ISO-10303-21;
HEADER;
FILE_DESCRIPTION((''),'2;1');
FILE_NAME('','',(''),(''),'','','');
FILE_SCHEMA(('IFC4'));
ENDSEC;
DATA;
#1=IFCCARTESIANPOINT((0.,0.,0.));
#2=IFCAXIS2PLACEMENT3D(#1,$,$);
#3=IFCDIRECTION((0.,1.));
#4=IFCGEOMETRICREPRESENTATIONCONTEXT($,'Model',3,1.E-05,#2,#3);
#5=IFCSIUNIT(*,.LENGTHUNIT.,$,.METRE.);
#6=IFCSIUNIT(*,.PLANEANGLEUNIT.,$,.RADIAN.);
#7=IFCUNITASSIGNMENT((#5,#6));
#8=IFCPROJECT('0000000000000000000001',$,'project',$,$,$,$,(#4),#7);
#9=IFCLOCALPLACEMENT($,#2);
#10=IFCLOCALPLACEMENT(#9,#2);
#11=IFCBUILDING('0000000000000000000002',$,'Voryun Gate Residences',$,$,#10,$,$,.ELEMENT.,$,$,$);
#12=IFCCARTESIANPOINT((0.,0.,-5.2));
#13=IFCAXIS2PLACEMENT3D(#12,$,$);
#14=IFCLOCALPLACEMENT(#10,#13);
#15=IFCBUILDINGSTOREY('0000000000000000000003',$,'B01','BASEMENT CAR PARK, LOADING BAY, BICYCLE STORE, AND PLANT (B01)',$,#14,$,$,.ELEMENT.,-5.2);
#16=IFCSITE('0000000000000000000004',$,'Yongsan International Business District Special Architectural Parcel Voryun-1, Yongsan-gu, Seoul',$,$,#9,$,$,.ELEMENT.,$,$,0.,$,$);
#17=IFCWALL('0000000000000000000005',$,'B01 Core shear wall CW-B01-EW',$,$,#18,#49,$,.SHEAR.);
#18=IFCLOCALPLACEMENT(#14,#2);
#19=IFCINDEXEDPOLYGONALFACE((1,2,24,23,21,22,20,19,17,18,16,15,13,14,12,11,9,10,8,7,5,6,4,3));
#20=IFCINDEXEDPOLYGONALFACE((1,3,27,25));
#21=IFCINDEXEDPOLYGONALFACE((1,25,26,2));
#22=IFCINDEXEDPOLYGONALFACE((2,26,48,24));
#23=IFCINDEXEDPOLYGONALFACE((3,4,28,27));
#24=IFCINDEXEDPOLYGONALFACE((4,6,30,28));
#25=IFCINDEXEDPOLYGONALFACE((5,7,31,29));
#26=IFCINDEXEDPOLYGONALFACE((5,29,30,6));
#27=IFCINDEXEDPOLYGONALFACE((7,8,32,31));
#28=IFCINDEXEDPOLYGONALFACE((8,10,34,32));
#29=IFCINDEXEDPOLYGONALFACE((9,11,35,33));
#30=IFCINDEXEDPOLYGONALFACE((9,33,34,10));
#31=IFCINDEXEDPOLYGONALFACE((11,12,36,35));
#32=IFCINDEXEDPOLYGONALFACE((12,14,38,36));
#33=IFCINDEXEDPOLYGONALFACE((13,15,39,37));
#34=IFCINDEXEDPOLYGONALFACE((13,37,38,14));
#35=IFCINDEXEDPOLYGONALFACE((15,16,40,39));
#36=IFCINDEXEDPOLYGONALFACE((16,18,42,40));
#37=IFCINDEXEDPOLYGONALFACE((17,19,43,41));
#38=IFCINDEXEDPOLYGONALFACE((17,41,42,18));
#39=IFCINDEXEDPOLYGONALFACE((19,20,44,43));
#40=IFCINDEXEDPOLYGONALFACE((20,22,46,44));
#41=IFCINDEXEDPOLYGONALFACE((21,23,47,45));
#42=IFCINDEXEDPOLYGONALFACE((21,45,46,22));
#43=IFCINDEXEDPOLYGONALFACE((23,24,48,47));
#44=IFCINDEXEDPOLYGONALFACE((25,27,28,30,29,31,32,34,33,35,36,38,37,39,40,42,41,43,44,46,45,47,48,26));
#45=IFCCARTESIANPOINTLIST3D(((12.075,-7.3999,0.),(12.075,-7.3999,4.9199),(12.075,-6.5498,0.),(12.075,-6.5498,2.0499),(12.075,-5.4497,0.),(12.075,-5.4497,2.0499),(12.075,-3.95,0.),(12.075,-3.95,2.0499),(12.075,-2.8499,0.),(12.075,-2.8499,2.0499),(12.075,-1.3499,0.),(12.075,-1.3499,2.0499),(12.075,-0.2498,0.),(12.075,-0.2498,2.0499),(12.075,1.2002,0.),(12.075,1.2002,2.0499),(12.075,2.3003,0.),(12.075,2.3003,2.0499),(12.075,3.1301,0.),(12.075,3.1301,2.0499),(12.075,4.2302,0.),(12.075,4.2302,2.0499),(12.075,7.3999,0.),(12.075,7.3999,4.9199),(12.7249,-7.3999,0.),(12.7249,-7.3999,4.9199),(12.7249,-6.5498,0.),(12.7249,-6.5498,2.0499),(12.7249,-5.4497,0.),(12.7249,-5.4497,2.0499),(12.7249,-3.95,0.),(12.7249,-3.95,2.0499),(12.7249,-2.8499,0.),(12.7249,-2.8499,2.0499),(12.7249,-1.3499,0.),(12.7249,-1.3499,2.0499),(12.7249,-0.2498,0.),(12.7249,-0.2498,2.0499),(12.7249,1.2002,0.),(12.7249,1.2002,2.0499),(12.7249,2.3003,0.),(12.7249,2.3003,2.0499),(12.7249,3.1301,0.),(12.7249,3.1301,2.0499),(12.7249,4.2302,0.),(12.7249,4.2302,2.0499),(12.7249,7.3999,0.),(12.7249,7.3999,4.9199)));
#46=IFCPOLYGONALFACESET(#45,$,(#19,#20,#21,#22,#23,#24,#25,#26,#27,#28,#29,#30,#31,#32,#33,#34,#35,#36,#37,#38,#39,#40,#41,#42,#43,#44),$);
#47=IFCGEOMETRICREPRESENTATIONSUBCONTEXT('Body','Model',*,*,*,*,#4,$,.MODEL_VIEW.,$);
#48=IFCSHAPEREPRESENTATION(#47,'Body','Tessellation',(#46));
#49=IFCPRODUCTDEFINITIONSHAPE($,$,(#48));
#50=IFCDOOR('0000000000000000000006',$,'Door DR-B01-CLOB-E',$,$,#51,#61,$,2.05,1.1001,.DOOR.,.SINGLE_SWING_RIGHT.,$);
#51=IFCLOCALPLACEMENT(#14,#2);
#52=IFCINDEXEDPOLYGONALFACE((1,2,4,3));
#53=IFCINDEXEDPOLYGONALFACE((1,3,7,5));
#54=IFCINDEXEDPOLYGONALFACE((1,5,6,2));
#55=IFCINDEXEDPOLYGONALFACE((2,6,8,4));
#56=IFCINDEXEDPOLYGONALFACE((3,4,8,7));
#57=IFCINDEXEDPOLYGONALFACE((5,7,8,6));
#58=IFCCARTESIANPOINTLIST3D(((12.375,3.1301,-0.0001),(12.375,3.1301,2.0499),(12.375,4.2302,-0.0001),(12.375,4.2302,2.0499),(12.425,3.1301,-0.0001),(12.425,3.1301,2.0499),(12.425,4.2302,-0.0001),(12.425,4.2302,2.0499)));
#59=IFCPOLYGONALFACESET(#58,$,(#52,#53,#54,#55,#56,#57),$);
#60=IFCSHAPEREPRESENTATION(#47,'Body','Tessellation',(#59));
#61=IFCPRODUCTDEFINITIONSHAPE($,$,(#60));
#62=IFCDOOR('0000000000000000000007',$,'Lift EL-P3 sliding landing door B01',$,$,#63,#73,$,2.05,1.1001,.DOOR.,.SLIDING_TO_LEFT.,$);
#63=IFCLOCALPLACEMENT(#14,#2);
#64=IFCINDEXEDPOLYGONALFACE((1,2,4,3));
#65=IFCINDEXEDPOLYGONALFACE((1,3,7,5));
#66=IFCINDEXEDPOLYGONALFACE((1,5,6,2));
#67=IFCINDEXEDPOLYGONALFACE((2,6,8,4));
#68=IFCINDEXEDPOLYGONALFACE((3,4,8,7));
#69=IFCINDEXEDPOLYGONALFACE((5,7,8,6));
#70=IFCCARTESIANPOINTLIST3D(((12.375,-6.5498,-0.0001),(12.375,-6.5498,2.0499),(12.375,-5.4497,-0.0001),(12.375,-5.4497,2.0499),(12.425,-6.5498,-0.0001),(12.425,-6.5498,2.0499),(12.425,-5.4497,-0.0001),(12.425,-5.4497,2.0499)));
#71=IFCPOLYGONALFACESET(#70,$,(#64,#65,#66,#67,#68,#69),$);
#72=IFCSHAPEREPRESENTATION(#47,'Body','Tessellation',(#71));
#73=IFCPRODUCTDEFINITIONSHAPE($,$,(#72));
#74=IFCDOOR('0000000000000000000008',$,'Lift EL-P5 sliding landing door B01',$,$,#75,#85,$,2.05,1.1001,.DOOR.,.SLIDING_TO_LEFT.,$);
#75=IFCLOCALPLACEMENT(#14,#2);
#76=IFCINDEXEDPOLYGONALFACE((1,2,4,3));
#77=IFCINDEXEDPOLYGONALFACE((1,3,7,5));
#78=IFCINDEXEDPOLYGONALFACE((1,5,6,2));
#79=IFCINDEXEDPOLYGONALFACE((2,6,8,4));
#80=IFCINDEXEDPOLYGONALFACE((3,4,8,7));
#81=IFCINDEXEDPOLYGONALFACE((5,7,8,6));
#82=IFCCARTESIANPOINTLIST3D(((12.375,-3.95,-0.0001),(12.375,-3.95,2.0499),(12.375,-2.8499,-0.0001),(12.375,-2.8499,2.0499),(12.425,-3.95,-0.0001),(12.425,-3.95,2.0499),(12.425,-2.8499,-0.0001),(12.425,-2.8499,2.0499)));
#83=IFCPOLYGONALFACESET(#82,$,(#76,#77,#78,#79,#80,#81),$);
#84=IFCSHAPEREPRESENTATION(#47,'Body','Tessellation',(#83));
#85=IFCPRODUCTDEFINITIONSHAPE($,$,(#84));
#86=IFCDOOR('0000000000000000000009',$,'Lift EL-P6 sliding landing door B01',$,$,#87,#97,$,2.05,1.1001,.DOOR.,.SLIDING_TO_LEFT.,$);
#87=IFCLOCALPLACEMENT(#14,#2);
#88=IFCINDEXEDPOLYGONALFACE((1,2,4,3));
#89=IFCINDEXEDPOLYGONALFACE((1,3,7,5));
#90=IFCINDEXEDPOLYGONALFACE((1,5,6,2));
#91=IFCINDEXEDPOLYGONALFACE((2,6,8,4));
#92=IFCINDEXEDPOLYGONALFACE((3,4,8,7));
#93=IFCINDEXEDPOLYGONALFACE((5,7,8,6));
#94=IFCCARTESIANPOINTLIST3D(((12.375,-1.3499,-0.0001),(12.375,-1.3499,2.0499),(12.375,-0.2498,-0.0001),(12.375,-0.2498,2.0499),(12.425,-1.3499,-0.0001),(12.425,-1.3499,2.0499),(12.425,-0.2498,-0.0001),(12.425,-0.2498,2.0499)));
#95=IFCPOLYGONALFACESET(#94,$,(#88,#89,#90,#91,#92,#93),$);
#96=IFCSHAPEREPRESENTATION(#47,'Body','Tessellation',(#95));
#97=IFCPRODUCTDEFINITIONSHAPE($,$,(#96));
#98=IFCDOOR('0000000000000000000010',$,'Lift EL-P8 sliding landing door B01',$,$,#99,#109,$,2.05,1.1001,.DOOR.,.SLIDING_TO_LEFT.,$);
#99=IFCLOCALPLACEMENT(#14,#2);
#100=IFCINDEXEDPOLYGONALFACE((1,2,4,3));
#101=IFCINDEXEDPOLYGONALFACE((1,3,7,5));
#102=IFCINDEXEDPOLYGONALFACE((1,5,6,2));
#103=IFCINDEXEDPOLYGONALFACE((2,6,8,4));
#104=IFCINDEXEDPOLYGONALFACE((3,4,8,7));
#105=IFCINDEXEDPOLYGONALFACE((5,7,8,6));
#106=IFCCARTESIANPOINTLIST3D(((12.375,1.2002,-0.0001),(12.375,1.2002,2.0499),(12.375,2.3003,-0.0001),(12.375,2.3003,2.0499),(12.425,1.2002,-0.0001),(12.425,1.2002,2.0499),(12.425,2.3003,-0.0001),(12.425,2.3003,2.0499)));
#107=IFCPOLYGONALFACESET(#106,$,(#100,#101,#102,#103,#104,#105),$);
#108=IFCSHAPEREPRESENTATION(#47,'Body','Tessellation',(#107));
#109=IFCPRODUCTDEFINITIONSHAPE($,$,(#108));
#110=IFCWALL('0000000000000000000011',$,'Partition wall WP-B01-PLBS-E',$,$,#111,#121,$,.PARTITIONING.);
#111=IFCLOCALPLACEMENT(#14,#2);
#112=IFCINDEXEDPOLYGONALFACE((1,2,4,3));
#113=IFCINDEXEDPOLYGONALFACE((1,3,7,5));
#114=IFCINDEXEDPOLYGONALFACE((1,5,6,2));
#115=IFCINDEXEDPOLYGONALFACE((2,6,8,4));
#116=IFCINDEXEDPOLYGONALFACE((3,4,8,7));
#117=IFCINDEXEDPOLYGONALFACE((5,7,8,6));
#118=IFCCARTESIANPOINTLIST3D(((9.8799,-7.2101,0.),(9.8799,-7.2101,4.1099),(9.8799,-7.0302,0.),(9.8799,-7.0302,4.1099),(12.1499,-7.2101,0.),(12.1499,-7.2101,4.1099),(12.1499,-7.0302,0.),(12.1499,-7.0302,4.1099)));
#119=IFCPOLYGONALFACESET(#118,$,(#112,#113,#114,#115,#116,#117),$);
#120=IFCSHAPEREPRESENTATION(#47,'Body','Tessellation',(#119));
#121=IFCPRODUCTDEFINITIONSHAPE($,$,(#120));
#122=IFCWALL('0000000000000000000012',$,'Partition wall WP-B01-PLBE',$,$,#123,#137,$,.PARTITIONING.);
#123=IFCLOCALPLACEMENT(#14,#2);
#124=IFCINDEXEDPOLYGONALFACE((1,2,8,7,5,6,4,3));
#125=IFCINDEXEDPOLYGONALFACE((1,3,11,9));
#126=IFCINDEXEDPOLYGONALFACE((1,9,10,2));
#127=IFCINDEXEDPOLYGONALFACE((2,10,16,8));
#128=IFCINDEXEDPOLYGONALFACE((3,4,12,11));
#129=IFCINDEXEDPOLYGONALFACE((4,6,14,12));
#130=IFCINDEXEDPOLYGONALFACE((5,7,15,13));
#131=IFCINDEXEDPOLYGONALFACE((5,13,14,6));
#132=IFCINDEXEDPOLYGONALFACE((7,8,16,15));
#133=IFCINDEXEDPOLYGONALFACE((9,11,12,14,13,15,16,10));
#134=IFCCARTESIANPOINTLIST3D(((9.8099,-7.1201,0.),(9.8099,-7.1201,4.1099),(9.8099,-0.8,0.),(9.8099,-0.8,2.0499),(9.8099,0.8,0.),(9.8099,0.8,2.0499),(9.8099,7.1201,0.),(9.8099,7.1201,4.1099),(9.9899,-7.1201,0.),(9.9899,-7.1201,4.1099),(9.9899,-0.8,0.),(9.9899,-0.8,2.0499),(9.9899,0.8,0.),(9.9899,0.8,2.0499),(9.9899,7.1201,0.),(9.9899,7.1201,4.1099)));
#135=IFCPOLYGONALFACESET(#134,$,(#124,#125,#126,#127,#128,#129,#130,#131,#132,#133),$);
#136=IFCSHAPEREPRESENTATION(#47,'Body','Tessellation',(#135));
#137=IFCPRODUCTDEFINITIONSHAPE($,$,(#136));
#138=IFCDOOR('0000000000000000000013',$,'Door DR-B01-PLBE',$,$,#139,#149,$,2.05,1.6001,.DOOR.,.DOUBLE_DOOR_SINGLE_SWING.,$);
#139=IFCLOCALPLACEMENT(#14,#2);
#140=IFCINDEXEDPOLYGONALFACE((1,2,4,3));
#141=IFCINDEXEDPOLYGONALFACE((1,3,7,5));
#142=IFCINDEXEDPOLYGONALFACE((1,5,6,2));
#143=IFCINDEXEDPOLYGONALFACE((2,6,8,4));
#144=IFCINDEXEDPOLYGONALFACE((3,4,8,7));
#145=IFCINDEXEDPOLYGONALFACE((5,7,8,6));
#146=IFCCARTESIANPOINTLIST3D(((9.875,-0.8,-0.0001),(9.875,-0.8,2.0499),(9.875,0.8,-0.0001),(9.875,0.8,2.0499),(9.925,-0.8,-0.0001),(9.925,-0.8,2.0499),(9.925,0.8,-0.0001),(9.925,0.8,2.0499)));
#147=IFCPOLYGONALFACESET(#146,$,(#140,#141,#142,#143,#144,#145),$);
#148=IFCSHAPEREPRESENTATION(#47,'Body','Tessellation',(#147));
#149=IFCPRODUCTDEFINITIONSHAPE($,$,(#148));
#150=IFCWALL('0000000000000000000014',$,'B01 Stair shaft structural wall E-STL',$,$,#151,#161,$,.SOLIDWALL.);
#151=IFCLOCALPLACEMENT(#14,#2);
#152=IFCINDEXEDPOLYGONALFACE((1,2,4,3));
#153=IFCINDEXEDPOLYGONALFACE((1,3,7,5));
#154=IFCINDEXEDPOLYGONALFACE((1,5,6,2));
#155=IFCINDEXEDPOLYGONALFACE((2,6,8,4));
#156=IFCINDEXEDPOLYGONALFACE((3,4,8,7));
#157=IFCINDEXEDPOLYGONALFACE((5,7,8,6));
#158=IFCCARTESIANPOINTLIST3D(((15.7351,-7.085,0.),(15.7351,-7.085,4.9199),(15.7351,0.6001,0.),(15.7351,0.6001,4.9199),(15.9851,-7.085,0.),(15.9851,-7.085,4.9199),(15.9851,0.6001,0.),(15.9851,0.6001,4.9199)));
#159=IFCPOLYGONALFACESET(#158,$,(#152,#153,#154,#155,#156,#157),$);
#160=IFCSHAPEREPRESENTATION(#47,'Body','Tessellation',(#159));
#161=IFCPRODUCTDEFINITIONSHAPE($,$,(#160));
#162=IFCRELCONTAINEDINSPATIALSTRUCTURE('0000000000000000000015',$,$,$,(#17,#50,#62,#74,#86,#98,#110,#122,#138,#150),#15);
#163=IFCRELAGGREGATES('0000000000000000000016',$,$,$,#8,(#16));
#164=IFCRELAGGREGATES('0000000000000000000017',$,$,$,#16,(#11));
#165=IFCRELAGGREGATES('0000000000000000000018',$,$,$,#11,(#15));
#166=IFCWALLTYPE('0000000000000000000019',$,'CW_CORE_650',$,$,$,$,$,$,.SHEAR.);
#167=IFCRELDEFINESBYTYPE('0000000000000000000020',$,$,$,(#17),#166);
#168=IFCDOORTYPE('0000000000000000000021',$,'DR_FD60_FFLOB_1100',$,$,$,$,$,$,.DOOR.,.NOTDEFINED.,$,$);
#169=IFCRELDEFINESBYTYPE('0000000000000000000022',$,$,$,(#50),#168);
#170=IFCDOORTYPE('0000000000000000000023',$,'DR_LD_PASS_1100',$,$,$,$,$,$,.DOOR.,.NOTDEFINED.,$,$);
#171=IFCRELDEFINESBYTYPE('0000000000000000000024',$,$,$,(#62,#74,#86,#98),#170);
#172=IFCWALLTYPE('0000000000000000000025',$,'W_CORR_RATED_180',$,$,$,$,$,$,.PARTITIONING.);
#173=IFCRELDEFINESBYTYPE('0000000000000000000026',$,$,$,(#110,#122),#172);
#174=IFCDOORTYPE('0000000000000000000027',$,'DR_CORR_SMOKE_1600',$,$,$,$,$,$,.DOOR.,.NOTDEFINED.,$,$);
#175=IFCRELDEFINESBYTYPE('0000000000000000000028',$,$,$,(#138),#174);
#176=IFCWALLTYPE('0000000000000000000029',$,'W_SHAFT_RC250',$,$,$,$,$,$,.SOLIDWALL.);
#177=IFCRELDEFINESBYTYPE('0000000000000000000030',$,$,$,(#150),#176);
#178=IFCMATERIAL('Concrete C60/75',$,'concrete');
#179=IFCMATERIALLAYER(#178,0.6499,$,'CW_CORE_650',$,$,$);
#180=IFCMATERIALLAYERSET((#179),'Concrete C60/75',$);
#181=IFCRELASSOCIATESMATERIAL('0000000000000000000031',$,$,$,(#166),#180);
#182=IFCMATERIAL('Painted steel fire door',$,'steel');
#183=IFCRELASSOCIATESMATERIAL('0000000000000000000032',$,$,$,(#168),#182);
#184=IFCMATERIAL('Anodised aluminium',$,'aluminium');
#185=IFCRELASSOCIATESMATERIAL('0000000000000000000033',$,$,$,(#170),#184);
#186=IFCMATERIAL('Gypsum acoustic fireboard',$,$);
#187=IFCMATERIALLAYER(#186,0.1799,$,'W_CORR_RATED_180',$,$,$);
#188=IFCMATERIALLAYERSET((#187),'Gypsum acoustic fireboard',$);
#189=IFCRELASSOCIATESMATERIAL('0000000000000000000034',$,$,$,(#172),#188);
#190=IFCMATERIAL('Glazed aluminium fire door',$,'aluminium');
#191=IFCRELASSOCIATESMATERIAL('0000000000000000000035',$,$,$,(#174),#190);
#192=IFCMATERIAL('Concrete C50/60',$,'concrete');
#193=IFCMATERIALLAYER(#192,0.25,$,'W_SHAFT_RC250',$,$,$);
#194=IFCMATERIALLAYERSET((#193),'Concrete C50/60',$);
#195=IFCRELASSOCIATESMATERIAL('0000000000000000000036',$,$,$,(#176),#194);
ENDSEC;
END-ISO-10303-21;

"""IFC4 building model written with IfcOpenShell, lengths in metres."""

from ifc_helpers import new_model, si_unit, direction, frame, frame_2d, origin, place, context, subcontext, project, spatial, rectangle, extrude, material, layer, layer_set, type_object, element, fill, save


model = new_model("IFC4")

# Units and contexts
model_context = context("Model", 3, precision=1e-05, world=origin(), true_north=direction((0.0, 1.0)))
body_context = subcontext(model_context, "Body", "Model", "MODEL_VIEW")
ifc_project = project(units=[si_unit("LENGTHUNIT", "METRE"), si_unit("PLANEANGLEUNIT", "RADIAN")], contexts=[model_context])

# Site, building, storey
site_placement = place(None, origin())
site = spatial("IfcSite", under=ifc_project, at=site_placement, Name="Yongsan International Business District Special Architectural Parcel Voryun-1, Yongsan-gu, Seoul", CompositionType="ELEMENT", RefElevation=0.0)
building_placement = place(site_placement, origin())
building = spatial("IfcBuilding", under=site, at=building_placement, Name="Voryun Gate Residences", CompositionType="ELEMENT")
storey_placement = place(building_placement, frame((0.0, 0.0, -5.2)))
storey = spatial("IfcBuildingStorey", under=building, at=storey_placement, Name="B01", Description="BASEMENT CAR PARK, LOADING BAY, BICYCLE STORE, AND PLANT (B01)", CompositionType="ELEMENT", Elevation=-5.2)

# Shared definitions
ifc_material_1 = material(Name="Concrete C60/75", Category="concrete")
ifc_layer_1 = layer(ifc_material_1, 0.6499, Name="CW_CORE_650")
ifc_layer_set_1 = layer_set([ifc_layer_1], Name="Concrete C60/75")
wall_type_1 = type_object("IfcWallType", Name="CW_CORE_650", PredefinedType="SHEAR", material=ifc_layer_set_1)

# Wall, openings, doors
wall_1_placement = place(storey_placement, frame((12.3999, -7.3999, 0.0), z_axis=(0.0, 0.0, 1.0), x_axis=(0.0, 1.0, 0.0)))
wall_1 = element("IfcWall", 1, at=wall_1_placement, inside=storey, type_object=wall_type_1, Name="B01 Core shear wall CW-B01-EW", PredefinedType="SHEAR", context=body_context, shape_type="SweptSolid", body=[
    extrude(rectangle(XDim=14.7998, YDim=0.6499, at=frame_2d((7.3999, 0.0))), origin(), (0.0, 0.0, 1.0), 4.9199),
])
opening_1_placement = place(wall_1_placement, frame((0.8501, 0.0, 0.0)))
opening_1 = element("IfcOpeningElement", 2, at=opening_1_placement, cuts=wall_1, PredefinedType="OPENING", context=body_context, shape_type="SweptSolid", body=[
    extrude(rectangle(XDim=1.1001, YDim=2.05, at=frame_2d((0.55, 1.0249))), frame((0.0, 0.335, 0.0), z_axis=(0.0, -1.0, 0.0), x_axis=(1.0, 0.0, 0.0)), (0.0, 0.0, 1.0), 0.6699),
])
opening_2_placement = place(wall_1_placement, frame((3.45, 0.0, 0.0)))
opening_2 = element("IfcOpeningElement", 3, at=opening_2_placement, cuts=wall_1, PredefinedType="OPENING", context=body_context, shape_type="SweptSolid", body=[
    extrude(rectangle(XDim=1.1001, YDim=2.05, at=frame_2d((0.55, 1.0249))), frame((0.0, 0.335, 0.0), z_axis=(0.0, -1.0, 0.0), x_axis=(1.0, 0.0, 0.0)), (0.0, 0.0, 1.0), 0.6699),
])
opening_3_placement = place(wall_1_placement, frame((6.05, 0.0, 0.0)))
opening_3 = element("IfcOpeningElement", 4, at=opening_3_placement, cuts=wall_1, PredefinedType="OPENING", context=body_context, shape_type="SweptSolid", body=[
    extrude(rectangle(XDim=1.1001, YDim=2.05, at=frame_2d((0.55, 1.0249))), frame((0.0, 0.335, 0.0), z_axis=(0.0, -1.0, 0.0), x_axis=(1.0, 0.0, 0.0)), (0.0, 0.0, 1.0), 0.6699),
])
opening_4_placement = place(wall_1_placement, frame((8.6001, 0.0, 0.0)))
opening_4 = element("IfcOpeningElement", 5, at=opening_4_placement, cuts=wall_1, PredefinedType="OPENING", context=body_context, shape_type="SweptSolid", body=[
    extrude(rectangle(XDim=1.1001, YDim=2.05, at=frame_2d((0.55, 1.0249))), frame((0.0, 0.335, 0.0), z_axis=(0.0, -1.0, 0.0), x_axis=(1.0, 0.0, 0.0)), (0.0, 0.0, 1.0), 0.6699),
])
opening_5_placement = place(wall_1_placement, frame((10.53, 0.0, 0.0)))
opening_5 = element("IfcOpeningElement", 6, at=opening_5_placement, cuts=wall_1, PredefinedType="OPENING", context=body_context, shape_type="SweptSolid", body=[
    extrude(rectangle(XDim=1.1001, YDim=2.05, at=frame_2d((0.55, 1.0249))), frame((0.0, 0.335, 0.0), z_axis=(0.0, -1.0, 0.0), x_axis=(1.0, 0.0, 0.0)), (0.0, 0.0, 1.0), 0.6699),
])
ifc_material_2 = material(Name="Painted steel fire door", Category="steel")
door_type_1 = type_object("IfcDoorType", Name="DR_FD60_FFLOB_1100", OperationType="NOTDEFINED", PredefinedType="DOOR", material=ifc_material_2)
door_1_placement = place(opening_5_placement, origin())
door_1 = element("IfcDoor", 7, at=door_1_placement, inside=storey, type_object=door_type_1, Name="Door DR-B01-CLOB-E", OperationType="SINGLE_SWING_RIGHT", OverallHeight=2.05, OverallWidth=1.1001, PredefinedType="DOOR", context=body_context, shape_type="SweptSolid", body=[
    extrude(rectangle(XDim=1.1001, YDim=2.05, at=frame_2d((0.55, 1.0249))), frame((0.0, 0.0249, 0.0), z_axis=(0.0, -1.0, 0.0), x_axis=(1.0, 0.0, 0.0)), (0.0, 0.0, 1.0), 0.05),
])
fill(opening_5, door_1)
ifc_material_3 = material(Name="Anodised aluminium", Category="aluminium")
door_type_2 = type_object("IfcDoorType", Name="DR_LD_PASS_1100", OperationType="NOTDEFINED", PredefinedType="DOOR", material=ifc_material_3)
door_2_placement = place(opening_1_placement, origin())
door_2 = element("IfcDoor", 8, at=door_2_placement, inside=storey, type_object=door_type_2, Name="Lift EL-P3 sliding landing door B01", OperationType="SLIDING_TO_LEFT", OverallHeight=2.05, OverallWidth=1.1001, PredefinedType="DOOR", context=body_context, shape_type="SweptSolid", body=[
    extrude(rectangle(XDim=1.1001, YDim=2.05, at=frame_2d((0.55, 1.0249))), frame((0.0, 0.0249, 0.0), z_axis=(0.0, -1.0, 0.0), x_axis=(1.0, 0.0, 0.0)), (0.0, 0.0, 1.0), 0.05),
])
fill(opening_1, door_2)
door_3_placement = place(opening_2_placement, origin())
door_3 = element("IfcDoor", 9, at=door_3_placement, inside=storey, type_object=door_type_2, Name="Lift EL-P5 sliding landing door B01", OperationType="SLIDING_TO_LEFT", OverallHeight=2.05, OverallWidth=1.1001, PredefinedType="DOOR", context=body_context, shape_type="SweptSolid", body=[
    extrude(rectangle(XDim=1.1001, YDim=2.05, at=frame_2d((0.55, 1.0249))), frame((0.0, 0.0249, 0.0), z_axis=(0.0, -1.0, 0.0), x_axis=(1.0, 0.0, 0.0)), (0.0, 0.0, 1.0), 0.05),
])
fill(opening_2, door_3)
door_4_placement = place(opening_3_placement, origin())
door_4 = element("IfcDoor", 10, at=door_4_placement, inside=storey, type_object=door_type_2, Name="Lift EL-P6 sliding landing door B01", OperationType="SLIDING_TO_LEFT", OverallHeight=2.05, OverallWidth=1.1001, PredefinedType="DOOR", context=body_context, shape_type="SweptSolid", body=[
    extrude(rectangle(XDim=1.1001, YDim=2.05, at=frame_2d((0.55, 1.0249))), frame((0.0, 0.0249, 0.0), z_axis=(0.0, -1.0, 0.0), x_axis=(1.0, 0.0, 0.0)), (0.0, 0.0, 1.0), 0.05),
])
fill(opening_3, door_4)
door_5_placement = place(opening_4_placement, origin())
door_5 = element("IfcDoor", 11, at=door_5_placement, inside=storey, type_object=door_type_2, Name="Lift EL-P8 sliding landing door B01", OperationType="SLIDING_TO_LEFT", OverallHeight=2.05, OverallWidth=1.1001, PredefinedType="DOOR", context=body_context, shape_type="SweptSolid", body=[
    extrude(rectangle(XDim=1.1001, YDim=2.05, at=frame_2d((0.55, 1.0249))), frame((0.0, 0.0249, 0.0), z_axis=(0.0, -1.0, 0.0), x_axis=(1.0, 0.0, 0.0)), (0.0, 0.0, 1.0), 0.05),
])
fill(opening_4, door_5)

# Wall
ifc_material_4 = material(Name="Gypsum acoustic fireboard")
ifc_layer_2 = layer(ifc_material_4, 0.1799, Name="W_CORR_RATED_180")
ifc_layer_set_2 = layer_set([ifc_layer_2], Name="Gypsum acoustic fireboard")
wall_type_2 = type_object("IfcWallType", Name="W_CORR_RATED_180", PredefinedType="PARTITIONING", material=ifc_layer_set_2)
wall_2_placement = place(storey_placement, frame((9.8799, -7.1201, 0.0), z_axis=(0.0, 0.0, 1.0), x_axis=(1.0, 0.0, 0.0)))
element("IfcWall", 12, at=wall_2_placement, inside=storey, type_object=wall_type_2, Name="Partition wall WP-B01-PLBS-E", PredefinedType="PARTITIONING", context=body_context, shape_type="SweptSolid", body=[
    extrude(rectangle(XDim=2.27, YDim=0.1799, at=frame_2d((1.135, 0.0))), origin(), (0.0, 0.0, 1.0), 4.1099),
])

# Wall, opening, door
wall_3_placement = place(storey_placement, frame((9.8999, -7.1201, 0.0), z_axis=(0.0, 0.0, 1.0), x_axis=(0.0, 1.0, 0.0)))
wall_3 = element("IfcWall", 13, at=wall_3_placement, inside=storey, type_object=wall_type_2, Name="Partition wall WP-B01-PLBE", PredefinedType="PARTITIONING", context=body_context, shape_type="SweptSolid", body=[
    extrude(rectangle(XDim=14.2402, YDim=0.1799, at=frame_2d((7.1201, 0.0))), origin(), (0.0, 0.0, 1.0), 4.1099),
])
opening_6_placement = place(wall_3_placement, frame((6.3201, 0.0, 0.0)))
opening_6 = element("IfcOpeningElement", 14, at=opening_6_placement, cuts=wall_3, PredefinedType="OPENING", context=body_context, shape_type="SweptSolid", body=[
    extrude(rectangle(XDim=1.6001, YDim=2.05, at=frame_2d((0.8, 1.0249))), frame((0.0, 0.0999, 0.0), z_axis=(0.0, -1.0, 0.0), x_axis=(1.0, 0.0, 0.0)), (0.0, 0.0, 1.0), 0.2),
])
ifc_material_5 = material(Name="Glazed aluminium fire door", Category="aluminium")
door_type_3 = type_object("IfcDoorType", Name="DR_CORR_SMOKE_1600", OperationType="NOTDEFINED", PredefinedType="DOOR", material=ifc_material_5)
door_6_placement = place(opening_6_placement, origin())
door_6 = element("IfcDoor", 15, at=door_6_placement, inside=storey, type_object=door_type_3, Name="Door DR-B01-PLBE", OperationType="DOUBLE_DOOR_SINGLE_SWING", OverallHeight=2.05, OverallWidth=1.6001, PredefinedType="DOOR", context=body_context, shape_type="SweptSolid", body=[
    extrude(rectangle(XDim=1.6001, YDim=2.05, at=frame_2d((0.8, 1.0249))), frame((0.0, 0.0249, 0.0), z_axis=(0.0, -1.0, 0.0), x_axis=(1.0, 0.0, 0.0)), (0.0, 0.0, 1.0), 0.05),
])
fill(opening_6, door_6)

# Wall
ifc_material_6 = material(Name="Concrete C50/60", Category="concrete")
ifc_layer_3 = layer(ifc_material_6, 0.25, Name="W_SHAFT_RC250")
ifc_layer_set_3 = layer_set([ifc_layer_3], Name="Concrete C50/60")
wall_type_3 = type_object("IfcWallType", Name="W_SHAFT_RC250", PredefinedType="SOLIDWALL", material=ifc_layer_set_3)
wall_4_placement = place(storey_placement, frame((15.8601, -7.085, 0.0), z_axis=(0.0, 0.0, 1.0), x_axis=(0.0, 1.0, 0.0)))
element("IfcWall", 16, at=wall_4_placement, inside=storey, type_object=wall_type_3, Name="B01 Stair shaft structural wall E-STL", PredefinedType="SOLIDWALL", context=body_context, shape_type="SweptSolid", body=[
    extrude(rectangle(XDim=7.6851, YDim=0.25, at=frame_2d((3.8425, 0.0))), origin(), (0.0, 0.0, 1.0), 4.9199),
])

save(model, "model.ifc")
